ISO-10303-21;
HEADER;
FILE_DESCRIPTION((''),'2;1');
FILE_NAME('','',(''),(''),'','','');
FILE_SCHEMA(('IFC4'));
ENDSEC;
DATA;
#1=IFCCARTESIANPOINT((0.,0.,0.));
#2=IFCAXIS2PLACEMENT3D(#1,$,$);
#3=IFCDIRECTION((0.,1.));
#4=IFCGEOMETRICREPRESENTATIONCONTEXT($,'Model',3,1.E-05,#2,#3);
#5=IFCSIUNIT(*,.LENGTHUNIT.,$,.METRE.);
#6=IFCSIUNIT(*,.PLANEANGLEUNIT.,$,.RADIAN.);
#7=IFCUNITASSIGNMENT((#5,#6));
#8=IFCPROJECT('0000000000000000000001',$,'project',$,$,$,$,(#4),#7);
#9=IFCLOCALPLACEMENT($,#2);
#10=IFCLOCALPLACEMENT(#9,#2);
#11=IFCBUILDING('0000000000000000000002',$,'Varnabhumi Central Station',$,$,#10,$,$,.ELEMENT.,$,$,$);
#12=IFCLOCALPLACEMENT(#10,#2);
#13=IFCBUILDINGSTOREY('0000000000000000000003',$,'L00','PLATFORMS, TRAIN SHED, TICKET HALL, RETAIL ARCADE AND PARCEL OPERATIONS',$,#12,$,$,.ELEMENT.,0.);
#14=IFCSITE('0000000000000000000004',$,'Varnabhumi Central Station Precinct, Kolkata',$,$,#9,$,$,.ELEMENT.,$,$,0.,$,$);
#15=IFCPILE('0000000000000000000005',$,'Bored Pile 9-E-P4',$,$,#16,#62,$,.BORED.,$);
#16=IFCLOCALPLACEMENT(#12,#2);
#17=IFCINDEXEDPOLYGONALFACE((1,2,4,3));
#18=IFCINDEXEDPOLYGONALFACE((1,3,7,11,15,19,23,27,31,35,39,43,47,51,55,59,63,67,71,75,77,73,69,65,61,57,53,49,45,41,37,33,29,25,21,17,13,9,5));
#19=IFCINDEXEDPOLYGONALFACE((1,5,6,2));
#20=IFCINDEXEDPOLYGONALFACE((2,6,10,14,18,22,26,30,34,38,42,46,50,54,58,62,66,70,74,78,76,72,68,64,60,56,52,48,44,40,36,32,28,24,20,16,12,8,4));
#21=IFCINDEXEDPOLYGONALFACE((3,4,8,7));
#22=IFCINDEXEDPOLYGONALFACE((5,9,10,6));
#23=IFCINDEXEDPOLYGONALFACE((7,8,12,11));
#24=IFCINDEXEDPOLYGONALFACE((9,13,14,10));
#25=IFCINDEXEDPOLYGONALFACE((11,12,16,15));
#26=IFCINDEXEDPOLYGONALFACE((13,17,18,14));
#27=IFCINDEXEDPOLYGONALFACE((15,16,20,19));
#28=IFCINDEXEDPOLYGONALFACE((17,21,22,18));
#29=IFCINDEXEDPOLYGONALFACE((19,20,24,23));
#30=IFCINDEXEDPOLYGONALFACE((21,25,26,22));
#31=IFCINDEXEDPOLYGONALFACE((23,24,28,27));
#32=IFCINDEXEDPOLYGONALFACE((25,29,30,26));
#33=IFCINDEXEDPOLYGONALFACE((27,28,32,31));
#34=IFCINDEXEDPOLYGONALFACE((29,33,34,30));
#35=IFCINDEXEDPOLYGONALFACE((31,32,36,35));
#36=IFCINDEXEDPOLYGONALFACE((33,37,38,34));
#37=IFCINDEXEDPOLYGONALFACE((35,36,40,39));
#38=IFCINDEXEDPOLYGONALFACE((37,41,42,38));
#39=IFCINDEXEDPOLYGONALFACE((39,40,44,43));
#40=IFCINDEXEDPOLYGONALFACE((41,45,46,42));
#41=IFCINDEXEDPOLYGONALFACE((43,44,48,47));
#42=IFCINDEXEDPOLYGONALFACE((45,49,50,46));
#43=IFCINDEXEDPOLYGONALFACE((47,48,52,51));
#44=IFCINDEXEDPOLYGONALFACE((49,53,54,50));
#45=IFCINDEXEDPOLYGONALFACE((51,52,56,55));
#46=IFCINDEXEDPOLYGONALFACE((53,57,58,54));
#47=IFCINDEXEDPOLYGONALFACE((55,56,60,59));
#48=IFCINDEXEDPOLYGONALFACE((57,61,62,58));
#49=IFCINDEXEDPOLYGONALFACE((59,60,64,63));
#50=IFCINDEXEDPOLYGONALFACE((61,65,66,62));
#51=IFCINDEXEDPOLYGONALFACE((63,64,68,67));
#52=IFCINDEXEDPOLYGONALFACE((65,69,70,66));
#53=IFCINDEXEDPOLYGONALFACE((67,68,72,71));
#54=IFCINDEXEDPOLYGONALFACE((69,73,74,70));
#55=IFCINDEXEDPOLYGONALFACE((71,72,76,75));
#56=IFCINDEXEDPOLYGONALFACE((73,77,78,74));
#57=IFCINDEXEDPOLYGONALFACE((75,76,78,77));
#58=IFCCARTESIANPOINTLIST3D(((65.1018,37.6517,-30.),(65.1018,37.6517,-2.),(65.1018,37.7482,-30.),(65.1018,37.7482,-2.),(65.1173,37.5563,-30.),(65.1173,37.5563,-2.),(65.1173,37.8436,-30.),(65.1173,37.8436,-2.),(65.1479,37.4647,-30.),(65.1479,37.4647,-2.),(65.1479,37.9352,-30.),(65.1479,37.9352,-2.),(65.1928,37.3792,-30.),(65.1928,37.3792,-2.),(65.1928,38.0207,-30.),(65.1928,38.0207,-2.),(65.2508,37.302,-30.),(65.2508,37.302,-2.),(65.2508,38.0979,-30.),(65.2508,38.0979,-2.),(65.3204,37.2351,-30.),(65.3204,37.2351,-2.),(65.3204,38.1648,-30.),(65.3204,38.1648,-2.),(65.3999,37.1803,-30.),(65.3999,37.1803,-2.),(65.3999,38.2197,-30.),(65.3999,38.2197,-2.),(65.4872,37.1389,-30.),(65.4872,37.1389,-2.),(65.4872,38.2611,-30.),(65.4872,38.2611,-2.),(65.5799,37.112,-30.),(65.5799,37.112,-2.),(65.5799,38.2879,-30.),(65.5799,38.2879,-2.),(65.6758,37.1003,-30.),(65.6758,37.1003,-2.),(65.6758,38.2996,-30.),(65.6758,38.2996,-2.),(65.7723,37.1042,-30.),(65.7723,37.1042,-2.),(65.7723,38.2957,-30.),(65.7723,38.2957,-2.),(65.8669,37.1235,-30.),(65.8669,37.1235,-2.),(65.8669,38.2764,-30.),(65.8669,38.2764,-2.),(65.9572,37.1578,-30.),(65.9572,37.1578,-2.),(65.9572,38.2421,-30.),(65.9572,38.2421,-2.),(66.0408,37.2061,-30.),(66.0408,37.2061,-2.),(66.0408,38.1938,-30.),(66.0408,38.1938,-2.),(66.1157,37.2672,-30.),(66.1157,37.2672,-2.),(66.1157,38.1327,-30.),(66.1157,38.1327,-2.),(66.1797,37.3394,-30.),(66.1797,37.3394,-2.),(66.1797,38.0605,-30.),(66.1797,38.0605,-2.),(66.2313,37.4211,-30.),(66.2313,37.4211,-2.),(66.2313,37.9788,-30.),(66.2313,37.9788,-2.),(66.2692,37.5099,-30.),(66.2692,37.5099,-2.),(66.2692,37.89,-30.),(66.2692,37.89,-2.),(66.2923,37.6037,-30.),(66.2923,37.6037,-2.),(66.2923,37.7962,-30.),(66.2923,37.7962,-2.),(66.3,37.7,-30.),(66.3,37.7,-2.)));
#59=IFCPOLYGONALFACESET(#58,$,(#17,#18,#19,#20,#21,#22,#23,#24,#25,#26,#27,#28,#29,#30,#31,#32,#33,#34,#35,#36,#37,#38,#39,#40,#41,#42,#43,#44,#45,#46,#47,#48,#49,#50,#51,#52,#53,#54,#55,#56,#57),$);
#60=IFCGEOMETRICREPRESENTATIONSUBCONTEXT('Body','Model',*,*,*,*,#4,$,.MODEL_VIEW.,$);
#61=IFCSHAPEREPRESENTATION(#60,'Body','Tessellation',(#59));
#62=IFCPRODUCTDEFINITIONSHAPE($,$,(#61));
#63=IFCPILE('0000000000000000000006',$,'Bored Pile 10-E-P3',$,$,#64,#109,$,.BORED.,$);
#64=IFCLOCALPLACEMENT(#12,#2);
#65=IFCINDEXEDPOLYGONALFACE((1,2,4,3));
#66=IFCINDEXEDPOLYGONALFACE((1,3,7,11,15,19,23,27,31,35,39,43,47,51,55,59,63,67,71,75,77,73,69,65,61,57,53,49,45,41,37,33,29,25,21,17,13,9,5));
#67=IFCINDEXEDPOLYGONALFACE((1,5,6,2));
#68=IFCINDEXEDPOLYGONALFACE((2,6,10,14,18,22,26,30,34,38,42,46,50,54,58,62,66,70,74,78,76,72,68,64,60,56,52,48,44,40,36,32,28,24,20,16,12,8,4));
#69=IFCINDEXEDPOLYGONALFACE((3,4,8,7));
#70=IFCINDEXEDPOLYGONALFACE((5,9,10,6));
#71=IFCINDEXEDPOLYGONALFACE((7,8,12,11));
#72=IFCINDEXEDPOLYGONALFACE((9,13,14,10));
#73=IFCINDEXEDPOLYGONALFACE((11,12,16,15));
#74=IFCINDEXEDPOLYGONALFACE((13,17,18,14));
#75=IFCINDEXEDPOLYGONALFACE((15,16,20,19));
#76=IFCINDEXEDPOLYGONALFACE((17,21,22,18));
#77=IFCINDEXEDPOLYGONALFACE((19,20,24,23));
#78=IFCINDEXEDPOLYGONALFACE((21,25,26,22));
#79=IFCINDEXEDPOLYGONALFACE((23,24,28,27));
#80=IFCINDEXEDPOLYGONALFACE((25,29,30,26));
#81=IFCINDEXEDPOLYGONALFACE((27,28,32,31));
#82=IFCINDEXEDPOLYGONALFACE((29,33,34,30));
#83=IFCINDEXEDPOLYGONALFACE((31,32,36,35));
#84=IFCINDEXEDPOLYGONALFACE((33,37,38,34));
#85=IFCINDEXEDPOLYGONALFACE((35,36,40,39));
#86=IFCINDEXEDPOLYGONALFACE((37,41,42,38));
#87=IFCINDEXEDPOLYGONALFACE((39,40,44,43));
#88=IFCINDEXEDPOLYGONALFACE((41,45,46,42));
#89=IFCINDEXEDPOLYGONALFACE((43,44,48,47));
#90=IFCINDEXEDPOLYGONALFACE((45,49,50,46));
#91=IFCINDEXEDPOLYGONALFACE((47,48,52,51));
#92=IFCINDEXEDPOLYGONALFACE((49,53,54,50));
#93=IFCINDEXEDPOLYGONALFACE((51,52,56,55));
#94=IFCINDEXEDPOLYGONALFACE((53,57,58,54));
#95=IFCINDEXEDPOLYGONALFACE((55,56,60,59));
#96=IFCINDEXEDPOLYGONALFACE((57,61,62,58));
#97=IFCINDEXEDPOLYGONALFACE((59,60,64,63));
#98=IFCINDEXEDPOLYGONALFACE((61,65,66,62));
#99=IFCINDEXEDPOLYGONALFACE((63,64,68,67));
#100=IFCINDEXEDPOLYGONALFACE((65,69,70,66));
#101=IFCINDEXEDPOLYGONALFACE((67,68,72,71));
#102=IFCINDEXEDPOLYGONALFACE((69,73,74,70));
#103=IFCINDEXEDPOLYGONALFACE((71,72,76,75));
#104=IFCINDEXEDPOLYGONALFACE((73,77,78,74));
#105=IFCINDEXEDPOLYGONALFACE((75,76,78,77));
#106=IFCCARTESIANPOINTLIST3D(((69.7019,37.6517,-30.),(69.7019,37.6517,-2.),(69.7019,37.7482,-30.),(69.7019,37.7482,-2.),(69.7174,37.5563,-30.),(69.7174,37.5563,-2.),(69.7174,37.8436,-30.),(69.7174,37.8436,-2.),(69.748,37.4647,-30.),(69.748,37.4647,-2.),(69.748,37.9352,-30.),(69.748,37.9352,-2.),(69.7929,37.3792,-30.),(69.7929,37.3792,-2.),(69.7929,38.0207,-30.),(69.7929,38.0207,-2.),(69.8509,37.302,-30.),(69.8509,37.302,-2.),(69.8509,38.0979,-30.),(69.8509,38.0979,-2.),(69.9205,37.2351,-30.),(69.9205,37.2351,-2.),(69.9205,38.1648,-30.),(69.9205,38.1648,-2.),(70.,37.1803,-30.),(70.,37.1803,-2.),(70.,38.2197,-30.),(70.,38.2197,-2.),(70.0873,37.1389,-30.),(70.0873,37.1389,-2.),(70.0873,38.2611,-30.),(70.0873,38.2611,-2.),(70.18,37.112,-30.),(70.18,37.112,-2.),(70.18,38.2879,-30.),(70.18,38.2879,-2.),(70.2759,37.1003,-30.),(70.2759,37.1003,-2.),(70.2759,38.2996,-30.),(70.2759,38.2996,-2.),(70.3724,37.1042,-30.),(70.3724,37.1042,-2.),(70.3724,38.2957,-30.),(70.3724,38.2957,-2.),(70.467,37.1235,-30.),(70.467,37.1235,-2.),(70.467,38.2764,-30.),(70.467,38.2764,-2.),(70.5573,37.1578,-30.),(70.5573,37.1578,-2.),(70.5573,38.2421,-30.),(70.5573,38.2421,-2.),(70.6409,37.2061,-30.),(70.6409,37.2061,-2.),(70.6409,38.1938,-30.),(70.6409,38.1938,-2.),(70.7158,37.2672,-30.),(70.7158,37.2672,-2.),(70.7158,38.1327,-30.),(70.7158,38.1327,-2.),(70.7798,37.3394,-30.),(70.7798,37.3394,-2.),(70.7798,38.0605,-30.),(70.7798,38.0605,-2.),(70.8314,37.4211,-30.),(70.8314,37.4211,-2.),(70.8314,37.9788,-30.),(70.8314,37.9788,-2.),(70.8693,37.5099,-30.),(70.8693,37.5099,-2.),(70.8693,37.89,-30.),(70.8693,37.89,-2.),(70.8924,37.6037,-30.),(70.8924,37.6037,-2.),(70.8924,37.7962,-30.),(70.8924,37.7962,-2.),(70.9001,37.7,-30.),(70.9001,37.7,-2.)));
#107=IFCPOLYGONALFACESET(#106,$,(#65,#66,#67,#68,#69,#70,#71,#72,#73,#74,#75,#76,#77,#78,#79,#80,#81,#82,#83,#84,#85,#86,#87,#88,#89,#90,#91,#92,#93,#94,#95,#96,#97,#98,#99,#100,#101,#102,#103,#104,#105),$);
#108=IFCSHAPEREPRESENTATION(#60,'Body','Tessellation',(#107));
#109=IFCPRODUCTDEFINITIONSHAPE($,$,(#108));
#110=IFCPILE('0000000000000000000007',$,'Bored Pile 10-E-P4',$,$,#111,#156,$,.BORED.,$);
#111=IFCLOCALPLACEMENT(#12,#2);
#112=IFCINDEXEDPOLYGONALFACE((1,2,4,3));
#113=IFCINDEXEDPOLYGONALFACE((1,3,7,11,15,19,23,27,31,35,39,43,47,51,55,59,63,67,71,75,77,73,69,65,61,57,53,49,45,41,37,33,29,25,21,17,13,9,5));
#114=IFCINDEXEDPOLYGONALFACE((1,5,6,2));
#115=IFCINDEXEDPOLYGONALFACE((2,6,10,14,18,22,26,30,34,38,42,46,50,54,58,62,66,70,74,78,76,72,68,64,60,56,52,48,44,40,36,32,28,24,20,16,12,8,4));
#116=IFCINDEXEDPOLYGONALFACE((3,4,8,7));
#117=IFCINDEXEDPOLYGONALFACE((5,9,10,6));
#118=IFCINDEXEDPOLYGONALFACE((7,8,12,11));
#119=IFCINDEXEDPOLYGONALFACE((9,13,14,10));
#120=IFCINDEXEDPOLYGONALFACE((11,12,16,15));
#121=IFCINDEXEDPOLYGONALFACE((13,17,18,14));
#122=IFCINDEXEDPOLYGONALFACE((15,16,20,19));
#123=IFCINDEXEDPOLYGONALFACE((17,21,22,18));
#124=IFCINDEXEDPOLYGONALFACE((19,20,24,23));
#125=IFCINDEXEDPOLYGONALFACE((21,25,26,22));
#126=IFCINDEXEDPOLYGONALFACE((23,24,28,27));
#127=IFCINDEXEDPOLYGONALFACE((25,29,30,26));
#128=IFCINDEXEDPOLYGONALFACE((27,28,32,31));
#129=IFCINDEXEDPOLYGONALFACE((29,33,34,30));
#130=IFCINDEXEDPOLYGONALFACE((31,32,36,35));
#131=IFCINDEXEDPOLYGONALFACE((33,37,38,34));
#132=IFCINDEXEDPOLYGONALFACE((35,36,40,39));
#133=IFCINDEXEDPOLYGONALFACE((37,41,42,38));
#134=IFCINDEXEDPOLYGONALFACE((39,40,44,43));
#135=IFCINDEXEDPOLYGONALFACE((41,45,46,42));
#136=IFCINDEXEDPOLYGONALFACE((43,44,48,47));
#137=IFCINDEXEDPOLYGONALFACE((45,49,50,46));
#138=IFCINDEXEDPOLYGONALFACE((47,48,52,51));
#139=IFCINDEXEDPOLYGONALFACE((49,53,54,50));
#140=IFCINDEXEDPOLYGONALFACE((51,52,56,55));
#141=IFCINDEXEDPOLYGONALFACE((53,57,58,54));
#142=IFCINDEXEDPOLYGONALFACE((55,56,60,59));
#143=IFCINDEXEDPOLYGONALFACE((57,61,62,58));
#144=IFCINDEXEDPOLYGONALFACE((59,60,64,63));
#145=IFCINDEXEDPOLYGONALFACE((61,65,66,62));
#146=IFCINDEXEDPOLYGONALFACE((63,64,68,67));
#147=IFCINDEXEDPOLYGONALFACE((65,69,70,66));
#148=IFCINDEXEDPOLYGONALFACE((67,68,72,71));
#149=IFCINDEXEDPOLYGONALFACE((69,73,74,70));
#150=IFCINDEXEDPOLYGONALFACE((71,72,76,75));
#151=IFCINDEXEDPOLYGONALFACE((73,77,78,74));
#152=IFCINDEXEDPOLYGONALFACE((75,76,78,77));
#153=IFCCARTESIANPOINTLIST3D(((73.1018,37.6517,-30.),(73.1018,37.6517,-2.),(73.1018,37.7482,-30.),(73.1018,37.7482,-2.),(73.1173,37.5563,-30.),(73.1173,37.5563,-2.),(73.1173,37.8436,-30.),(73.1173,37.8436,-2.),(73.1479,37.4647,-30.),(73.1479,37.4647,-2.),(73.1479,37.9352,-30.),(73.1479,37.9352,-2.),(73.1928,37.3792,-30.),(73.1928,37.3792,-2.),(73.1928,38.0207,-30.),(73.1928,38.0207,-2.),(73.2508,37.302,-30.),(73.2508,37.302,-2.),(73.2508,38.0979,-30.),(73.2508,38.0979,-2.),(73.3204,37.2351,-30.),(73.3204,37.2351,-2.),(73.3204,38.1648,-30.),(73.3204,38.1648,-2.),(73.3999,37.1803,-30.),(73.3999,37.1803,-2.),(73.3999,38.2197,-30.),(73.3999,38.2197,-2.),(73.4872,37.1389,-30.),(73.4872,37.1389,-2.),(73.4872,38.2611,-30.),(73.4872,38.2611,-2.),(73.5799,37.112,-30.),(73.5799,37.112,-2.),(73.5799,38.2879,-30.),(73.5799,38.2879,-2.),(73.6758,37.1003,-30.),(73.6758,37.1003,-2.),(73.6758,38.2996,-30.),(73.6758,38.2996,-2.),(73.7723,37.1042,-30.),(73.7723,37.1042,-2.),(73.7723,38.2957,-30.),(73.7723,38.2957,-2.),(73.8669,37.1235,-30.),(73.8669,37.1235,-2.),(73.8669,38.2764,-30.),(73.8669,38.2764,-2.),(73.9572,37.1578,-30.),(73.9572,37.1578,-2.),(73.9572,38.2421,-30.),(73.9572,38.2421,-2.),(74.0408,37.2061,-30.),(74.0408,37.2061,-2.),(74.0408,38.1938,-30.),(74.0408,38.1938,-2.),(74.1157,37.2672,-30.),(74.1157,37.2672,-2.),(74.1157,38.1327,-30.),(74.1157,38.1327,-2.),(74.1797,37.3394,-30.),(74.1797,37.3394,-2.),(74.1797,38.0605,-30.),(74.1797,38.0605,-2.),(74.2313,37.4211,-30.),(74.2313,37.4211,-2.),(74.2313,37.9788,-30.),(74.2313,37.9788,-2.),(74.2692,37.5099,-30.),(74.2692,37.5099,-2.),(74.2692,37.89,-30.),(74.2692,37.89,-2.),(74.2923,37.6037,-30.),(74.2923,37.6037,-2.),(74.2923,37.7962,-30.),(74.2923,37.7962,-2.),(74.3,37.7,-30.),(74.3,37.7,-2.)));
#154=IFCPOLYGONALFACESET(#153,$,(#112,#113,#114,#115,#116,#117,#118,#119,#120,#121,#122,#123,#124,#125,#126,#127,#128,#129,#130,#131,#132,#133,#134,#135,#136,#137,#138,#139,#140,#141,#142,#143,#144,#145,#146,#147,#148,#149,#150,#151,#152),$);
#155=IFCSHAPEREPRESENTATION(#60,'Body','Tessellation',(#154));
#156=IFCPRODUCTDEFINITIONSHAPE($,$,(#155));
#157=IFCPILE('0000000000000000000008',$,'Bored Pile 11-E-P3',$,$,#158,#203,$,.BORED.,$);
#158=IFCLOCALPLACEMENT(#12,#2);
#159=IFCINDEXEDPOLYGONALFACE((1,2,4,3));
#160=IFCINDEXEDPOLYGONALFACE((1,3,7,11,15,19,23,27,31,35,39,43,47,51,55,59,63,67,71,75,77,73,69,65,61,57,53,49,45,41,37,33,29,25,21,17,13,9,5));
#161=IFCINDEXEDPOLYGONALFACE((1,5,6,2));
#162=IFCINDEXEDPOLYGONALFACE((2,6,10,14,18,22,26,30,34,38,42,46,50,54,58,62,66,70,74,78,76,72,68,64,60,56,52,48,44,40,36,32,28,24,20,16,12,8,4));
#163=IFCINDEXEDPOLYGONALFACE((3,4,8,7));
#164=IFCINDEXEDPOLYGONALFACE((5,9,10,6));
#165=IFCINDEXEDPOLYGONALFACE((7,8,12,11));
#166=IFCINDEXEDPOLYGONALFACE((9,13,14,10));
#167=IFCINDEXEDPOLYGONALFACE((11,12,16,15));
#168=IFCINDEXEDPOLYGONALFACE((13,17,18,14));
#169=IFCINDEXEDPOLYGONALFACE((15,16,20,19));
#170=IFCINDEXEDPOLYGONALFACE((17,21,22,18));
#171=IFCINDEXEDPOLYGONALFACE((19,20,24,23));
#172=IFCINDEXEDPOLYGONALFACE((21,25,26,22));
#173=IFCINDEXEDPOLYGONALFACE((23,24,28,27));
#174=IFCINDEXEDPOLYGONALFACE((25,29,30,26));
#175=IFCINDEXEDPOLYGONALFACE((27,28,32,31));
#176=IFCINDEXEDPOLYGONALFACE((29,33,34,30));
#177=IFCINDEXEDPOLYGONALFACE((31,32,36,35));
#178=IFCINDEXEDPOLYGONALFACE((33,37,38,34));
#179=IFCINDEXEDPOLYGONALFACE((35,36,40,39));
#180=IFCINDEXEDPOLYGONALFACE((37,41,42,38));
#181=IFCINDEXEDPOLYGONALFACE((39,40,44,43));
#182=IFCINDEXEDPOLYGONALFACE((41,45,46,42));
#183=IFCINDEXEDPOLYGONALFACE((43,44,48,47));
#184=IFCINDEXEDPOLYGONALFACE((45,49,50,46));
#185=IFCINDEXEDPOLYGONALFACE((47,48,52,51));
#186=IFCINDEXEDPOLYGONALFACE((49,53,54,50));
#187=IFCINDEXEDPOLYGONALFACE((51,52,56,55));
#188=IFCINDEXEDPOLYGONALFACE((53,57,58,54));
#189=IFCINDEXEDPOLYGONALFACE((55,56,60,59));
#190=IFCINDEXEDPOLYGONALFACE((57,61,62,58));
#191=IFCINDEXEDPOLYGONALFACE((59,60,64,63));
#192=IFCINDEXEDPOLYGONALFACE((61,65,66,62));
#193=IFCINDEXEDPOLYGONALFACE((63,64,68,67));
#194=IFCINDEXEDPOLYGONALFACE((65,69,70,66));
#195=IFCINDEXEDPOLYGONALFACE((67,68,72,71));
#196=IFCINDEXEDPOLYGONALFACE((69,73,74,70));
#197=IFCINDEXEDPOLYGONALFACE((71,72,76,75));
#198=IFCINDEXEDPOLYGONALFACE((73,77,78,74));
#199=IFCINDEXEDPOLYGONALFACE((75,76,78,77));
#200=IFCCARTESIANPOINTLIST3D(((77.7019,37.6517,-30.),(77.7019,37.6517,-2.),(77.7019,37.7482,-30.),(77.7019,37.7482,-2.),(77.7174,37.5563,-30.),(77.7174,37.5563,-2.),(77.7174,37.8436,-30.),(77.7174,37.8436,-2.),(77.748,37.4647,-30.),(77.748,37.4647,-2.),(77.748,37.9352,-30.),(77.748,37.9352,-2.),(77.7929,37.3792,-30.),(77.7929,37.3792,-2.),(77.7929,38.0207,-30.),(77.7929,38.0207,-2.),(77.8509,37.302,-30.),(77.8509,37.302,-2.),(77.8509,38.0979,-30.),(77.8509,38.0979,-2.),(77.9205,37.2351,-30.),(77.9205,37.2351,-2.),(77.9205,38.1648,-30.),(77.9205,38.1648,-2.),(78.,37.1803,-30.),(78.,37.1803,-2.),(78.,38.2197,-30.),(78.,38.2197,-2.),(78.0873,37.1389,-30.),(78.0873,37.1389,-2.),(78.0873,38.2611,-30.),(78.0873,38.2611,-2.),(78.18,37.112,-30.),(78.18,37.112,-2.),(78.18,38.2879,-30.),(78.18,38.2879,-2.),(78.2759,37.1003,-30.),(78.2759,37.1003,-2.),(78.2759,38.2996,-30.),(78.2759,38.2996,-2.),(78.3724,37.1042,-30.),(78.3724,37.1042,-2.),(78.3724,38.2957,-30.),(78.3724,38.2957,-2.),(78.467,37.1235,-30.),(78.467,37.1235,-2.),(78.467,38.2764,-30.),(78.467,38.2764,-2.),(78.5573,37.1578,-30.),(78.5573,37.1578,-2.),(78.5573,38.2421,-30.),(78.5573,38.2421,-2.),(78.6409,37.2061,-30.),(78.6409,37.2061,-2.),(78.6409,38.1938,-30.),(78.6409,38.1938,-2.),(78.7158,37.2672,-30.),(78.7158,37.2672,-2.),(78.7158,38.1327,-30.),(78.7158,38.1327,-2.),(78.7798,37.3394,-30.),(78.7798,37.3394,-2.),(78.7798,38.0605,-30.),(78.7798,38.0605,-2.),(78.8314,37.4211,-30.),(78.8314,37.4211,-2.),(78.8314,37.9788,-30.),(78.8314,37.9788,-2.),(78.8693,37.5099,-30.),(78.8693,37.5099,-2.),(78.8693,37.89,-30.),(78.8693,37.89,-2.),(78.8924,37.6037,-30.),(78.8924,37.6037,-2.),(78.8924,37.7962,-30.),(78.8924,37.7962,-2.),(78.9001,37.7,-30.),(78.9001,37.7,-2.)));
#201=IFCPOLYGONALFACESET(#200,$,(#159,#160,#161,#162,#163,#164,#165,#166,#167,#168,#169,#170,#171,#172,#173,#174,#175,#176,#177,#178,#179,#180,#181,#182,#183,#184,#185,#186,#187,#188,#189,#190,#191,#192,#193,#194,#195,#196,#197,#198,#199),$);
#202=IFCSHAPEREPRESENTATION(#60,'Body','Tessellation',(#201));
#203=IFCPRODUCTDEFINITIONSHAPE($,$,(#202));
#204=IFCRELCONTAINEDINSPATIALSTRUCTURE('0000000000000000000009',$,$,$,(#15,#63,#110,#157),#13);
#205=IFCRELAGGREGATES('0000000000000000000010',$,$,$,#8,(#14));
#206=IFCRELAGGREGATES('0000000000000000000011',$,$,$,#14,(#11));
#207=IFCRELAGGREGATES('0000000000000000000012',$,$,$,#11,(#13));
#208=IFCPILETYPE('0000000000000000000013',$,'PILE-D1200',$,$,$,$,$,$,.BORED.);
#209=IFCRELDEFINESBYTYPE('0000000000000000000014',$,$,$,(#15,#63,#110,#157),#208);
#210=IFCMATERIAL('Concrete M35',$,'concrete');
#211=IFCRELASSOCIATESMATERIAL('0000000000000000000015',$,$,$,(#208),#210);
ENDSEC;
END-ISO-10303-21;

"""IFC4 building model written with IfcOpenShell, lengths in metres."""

from ifc_helpers import new_model, si_unit, direction, frame, origin, origin_2d, place, context, subcontext, project, spatial, circle, extrude, material, material_profile, profile_set, type_object, element, save


model = new_model("IFC4")

# Units and contexts
model_context = context("Model", 3, precision=1e-05, world=origin(), true_north=direction((0.0, 1.0)))
body_context = subcontext(model_context, "Body", "Model", "MODEL_VIEW")
ifc_project = project(units=[si_unit("LENGTHUNIT", "METRE"), si_unit("PLANEANGLEUNIT", "RADIAN")], contexts=[model_context])

# Site, building, storey
site_placement = place(None, origin())
site = spatial("IfcSite", under=ifc_project, at=site_placement, Name="Varnabhumi Central Station Precinct, Kolkata", CompositionType="ELEMENT", RefElevation=0.0)
building_placement = place(site_placement, origin())
building = spatial("IfcBuilding", under=site, at=building_placement, Name="Varnabhumi Central Station", CompositionType="ELEMENT")
storey_placement = place(building_placement, origin())
storey = spatial("IfcBuildingStorey", under=building, at=storey_placement, Name="L00", Description="PLATFORMS, TRAIN SHED, TICKET HALL, RETAIL ARCADE AND PARCEL OPERATIONS", CompositionType="ELEMENT", Elevation=0.0)

# Piles
ifc_material_1 = material(Name="Concrete M35", Category="concrete")
ifc_material_profile_1 = material_profile(ifc_material_1, circle(Radius=0.6001, at=origin_2d()), Name="Concrete M35", Category="concrete")
ifc_profile_set_1 = profile_set([ifc_material_profile_1], Name="Concrete M35")
pile_type = type_object("IfcPileType", Name="PILE-D1200", PredefinedType="BORED", material=ifc_profile_set_1)
for number, where, z_axis, x_axis, name in (
    (1, (65.7, 37.7, -2.0), (0.0, 0.0, -1.0), (1.0, 0.0, 0.0), "Bored Pile 9-E-P4"),
    (2, (70.3, 37.7, -2.0), (0.0, 0.0, -1.0), (1.0, 0.0, 0.0), "Bored Pile 10-E-P3"),
    (3, (73.7, 37.7, -2.0), (0.0, 0.0, -1.0), (1.0, 0.0, 0.0), "Bored Pile 10-E-P4"),
    (4, (78.3, 37.7, -2.0), (0.0, 0.0, -1.0), (1.0, 0.0, 0.0), "Bored Pile 11-E-P3"),
):
    element("IfcPile", number, at=place(storey_placement, frame(where, z_axis=z_axis, x_axis=x_axis)), inside=storey, type_object=pile_type, Name=name, PredefinedType="BORED", context=body_context, shape_type="SweptSolid", body=[
        extrude(circle(Radius=0.6001, at=origin_2d()), origin(), (0.0, 0.0, 1.0), 28.0),
    ])

save(model, "model.ifc")
